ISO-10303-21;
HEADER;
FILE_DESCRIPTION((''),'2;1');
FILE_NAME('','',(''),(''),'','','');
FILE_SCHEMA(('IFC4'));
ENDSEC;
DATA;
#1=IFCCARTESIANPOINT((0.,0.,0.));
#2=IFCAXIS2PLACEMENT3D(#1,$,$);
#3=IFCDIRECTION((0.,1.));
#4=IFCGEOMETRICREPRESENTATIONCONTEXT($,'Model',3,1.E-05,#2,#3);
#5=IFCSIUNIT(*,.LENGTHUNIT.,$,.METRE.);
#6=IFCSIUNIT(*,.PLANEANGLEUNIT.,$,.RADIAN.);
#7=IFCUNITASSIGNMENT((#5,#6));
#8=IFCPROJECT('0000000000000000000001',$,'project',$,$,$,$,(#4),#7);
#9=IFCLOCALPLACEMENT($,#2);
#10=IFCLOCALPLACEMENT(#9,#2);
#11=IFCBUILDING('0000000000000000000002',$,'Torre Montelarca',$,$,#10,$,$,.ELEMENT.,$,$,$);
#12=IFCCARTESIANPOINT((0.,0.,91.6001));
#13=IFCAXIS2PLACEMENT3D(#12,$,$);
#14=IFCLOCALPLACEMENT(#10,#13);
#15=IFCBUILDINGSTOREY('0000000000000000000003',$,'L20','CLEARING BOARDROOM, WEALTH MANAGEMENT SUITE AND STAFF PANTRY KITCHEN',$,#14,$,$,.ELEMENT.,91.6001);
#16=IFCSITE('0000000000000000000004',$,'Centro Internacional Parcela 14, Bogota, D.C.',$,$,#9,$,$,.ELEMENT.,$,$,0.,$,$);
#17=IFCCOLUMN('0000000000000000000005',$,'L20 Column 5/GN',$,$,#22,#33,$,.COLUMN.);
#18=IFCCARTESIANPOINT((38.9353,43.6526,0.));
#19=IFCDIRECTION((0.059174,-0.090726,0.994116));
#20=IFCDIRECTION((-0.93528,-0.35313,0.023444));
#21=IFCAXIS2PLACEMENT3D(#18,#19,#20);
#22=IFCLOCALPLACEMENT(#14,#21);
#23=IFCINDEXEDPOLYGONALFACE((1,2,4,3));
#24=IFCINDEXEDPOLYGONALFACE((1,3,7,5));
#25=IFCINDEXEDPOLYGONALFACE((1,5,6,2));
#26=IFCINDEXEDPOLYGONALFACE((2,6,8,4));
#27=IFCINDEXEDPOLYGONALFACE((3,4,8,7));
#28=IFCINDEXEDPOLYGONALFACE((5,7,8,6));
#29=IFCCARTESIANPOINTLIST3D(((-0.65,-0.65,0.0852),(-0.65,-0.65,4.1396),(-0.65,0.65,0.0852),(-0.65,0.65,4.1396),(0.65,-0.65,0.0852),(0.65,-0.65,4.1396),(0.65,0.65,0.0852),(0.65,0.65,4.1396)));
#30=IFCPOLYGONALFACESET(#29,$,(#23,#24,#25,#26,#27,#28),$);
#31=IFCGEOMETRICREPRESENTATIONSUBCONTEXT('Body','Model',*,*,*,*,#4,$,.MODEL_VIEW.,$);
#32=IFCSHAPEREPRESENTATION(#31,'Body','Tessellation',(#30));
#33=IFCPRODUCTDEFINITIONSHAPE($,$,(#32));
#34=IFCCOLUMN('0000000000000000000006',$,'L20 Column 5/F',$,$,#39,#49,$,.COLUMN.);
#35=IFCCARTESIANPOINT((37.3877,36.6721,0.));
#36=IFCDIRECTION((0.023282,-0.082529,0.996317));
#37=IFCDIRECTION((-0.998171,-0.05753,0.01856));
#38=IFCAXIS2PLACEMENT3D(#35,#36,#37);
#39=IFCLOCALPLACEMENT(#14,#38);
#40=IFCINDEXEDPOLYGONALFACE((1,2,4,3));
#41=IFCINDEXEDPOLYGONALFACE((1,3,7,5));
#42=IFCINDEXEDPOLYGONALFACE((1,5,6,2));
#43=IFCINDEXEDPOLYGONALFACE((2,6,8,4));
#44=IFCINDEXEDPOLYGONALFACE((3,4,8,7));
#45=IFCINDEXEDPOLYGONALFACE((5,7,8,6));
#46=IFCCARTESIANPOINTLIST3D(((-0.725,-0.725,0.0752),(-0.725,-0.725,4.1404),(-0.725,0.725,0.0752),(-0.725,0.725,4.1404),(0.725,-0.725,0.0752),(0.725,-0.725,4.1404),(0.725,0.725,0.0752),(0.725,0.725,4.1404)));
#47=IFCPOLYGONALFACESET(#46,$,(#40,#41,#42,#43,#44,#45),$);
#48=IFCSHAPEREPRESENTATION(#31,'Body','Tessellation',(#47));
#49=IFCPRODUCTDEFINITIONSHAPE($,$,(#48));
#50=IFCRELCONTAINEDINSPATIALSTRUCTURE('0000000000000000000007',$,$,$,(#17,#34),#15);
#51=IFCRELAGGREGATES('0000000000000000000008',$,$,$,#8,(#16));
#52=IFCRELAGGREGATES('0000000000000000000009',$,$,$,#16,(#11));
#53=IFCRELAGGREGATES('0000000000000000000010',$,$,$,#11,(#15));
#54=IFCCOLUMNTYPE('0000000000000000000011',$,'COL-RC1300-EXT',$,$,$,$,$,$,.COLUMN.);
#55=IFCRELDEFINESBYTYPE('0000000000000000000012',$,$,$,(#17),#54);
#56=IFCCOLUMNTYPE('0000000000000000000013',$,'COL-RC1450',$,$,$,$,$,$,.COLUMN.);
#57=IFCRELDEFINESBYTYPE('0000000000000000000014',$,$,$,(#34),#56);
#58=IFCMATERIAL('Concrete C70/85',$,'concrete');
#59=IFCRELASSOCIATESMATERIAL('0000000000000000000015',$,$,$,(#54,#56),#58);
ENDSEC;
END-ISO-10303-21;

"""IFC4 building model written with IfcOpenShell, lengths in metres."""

from ifc_helpers import new_model, si_unit, direction, frame, origin, origin_2d, place, context, subcontext, project, spatial, rectangle, extrude, clip, halfspace, material, material_profile, profile_set, type_object, element, save


model = new_model("IFC4")

# Units and contexts
model_context = context("Model", 3, precision=1e-05, world=origin(), true_north=direction((0.0, 1.0)))
body_context = subcontext(model_context, "Body", "Model", "MODEL_VIEW")
ifc_project = project(units=[si_unit("LENGTHUNIT", "METRE"), si_unit("PLANEANGLEUNIT", "RADIAN")], contexts=[model_context])

# Site, building, storey
site_placement = place(None, origin())
site = spatial("IfcSite", under=ifc_project, at=site_placement, Name="Centro Internacional Parcela 14, Bogota, D.C.", CompositionType="ELEMENT", RefElevation=0.0)
building_placement = place(site_placement, origin())
building = spatial("IfcBuilding", under=site, at=building_placement, Name="Torre Montelarca", CompositionType="ELEMENT")
storey_placement = place(building_placement, frame((0.0, 0.0, 91.6001)))
storey = spatial("IfcBuildingStorey", under=building, at=storey_placement, Name="L20", Description="CLEARING BOARDROOM, WEALTH MANAGEMENT SUITE AND STAFF PANTRY KITCHEN", CompositionType="ELEMENT", Elevation=91.6001)

# Columns
ifc_material_1 = material(Name="Concrete C70/85", Category="concrete")
ifc_material_profile_1 = material_profile(ifc_material_1, rectangle(XDim=1.3, YDim=1.3, at=origin_2d()), Name="RC1300X1300", Category="concrete")
ifc_profile_set_1 = profile_set([ifc_material_profile_1], Name="Concrete C70/85")
column_type_1 = type_object("IfcColumnType", Name="COL-RC1300-EXT", PredefinedType="COLUMN", material=ifc_profile_set_1)
column_1_placement = place(storey_placement, frame((38.9353, 43.6526, 0.0), z_axis=(0.059174, -0.090726, 0.994116), x_axis=(-0.93528, -0.35313, 0.023444)))
element("IfcColumn", 1, at=column_1_placement, inside=storey, type_object=column_type_1, Name="L20 Column 5/GN", PredefinedType="COLUMN", context=body_context, shape_type="Clipping", body=[
    clip(clip(extrude(rectangle(XDim=1.3, YDim=1.3, at=origin_2d()), origin(), (0.0, 0.0, 1.0), 4.2249), halfspace(frame((0.0, 0.0, 0.0852), z_axis=(0.0, 0.0, -1.0), x_axis=(1.0, 0.0, 0.0)), False)), halfspace(frame((0.0, 0.0, 4.1396), z_axis=(0.0, 0.0, 1.0), x_axis=(1.0, 0.0, 0.0)), False)),
])
ifc_material_profile_2 = material_profile(ifc_material_1, rectangle(XDim=1.45, YDim=1.45, at=origin_2d()), Name="RC1450X1450", Category="concrete")
ifc_profile_set_2 = profile_set([ifc_material_profile_2], Name="Concrete C70/85")
column_type_2 = type_object("IfcColumnType", Name="COL-RC1450", PredefinedType="COLUMN", material=ifc_profile_set_2)
column_2_placement = place(storey_placement, frame((37.3877, 36.6721, 0.0), z_axis=(0.023282, -0.082529, 0.996317), x_axis=(-0.998171, -0.05753, 0.01856)))
element("IfcColumn", 2, at=column_2_placement, inside=storey, type_object=column_type_2, Name="L20 Column 5/F", PredefinedType="COLUMN", context=body_context, shape_type="Clipping", body=[
    clip(clip(extrude(rectangle(XDim=1.45, YDim=1.45, at=origin_2d()), origin(), (0.0, 0.0, 1.0), 4.2156), halfspace(frame((0.0, 0.0, 0.0752), z_axis=(0.0, 0.0, -1.0), x_axis=(1.0, 0.0, 0.0)), False)), halfspace(frame((0.0, 0.0, 4.1404), z_axis=(0.0, 0.0, 1.0), x_axis=(1.0, 0.0, 0.0)), False)),
])

save(model, "model.ifc")
